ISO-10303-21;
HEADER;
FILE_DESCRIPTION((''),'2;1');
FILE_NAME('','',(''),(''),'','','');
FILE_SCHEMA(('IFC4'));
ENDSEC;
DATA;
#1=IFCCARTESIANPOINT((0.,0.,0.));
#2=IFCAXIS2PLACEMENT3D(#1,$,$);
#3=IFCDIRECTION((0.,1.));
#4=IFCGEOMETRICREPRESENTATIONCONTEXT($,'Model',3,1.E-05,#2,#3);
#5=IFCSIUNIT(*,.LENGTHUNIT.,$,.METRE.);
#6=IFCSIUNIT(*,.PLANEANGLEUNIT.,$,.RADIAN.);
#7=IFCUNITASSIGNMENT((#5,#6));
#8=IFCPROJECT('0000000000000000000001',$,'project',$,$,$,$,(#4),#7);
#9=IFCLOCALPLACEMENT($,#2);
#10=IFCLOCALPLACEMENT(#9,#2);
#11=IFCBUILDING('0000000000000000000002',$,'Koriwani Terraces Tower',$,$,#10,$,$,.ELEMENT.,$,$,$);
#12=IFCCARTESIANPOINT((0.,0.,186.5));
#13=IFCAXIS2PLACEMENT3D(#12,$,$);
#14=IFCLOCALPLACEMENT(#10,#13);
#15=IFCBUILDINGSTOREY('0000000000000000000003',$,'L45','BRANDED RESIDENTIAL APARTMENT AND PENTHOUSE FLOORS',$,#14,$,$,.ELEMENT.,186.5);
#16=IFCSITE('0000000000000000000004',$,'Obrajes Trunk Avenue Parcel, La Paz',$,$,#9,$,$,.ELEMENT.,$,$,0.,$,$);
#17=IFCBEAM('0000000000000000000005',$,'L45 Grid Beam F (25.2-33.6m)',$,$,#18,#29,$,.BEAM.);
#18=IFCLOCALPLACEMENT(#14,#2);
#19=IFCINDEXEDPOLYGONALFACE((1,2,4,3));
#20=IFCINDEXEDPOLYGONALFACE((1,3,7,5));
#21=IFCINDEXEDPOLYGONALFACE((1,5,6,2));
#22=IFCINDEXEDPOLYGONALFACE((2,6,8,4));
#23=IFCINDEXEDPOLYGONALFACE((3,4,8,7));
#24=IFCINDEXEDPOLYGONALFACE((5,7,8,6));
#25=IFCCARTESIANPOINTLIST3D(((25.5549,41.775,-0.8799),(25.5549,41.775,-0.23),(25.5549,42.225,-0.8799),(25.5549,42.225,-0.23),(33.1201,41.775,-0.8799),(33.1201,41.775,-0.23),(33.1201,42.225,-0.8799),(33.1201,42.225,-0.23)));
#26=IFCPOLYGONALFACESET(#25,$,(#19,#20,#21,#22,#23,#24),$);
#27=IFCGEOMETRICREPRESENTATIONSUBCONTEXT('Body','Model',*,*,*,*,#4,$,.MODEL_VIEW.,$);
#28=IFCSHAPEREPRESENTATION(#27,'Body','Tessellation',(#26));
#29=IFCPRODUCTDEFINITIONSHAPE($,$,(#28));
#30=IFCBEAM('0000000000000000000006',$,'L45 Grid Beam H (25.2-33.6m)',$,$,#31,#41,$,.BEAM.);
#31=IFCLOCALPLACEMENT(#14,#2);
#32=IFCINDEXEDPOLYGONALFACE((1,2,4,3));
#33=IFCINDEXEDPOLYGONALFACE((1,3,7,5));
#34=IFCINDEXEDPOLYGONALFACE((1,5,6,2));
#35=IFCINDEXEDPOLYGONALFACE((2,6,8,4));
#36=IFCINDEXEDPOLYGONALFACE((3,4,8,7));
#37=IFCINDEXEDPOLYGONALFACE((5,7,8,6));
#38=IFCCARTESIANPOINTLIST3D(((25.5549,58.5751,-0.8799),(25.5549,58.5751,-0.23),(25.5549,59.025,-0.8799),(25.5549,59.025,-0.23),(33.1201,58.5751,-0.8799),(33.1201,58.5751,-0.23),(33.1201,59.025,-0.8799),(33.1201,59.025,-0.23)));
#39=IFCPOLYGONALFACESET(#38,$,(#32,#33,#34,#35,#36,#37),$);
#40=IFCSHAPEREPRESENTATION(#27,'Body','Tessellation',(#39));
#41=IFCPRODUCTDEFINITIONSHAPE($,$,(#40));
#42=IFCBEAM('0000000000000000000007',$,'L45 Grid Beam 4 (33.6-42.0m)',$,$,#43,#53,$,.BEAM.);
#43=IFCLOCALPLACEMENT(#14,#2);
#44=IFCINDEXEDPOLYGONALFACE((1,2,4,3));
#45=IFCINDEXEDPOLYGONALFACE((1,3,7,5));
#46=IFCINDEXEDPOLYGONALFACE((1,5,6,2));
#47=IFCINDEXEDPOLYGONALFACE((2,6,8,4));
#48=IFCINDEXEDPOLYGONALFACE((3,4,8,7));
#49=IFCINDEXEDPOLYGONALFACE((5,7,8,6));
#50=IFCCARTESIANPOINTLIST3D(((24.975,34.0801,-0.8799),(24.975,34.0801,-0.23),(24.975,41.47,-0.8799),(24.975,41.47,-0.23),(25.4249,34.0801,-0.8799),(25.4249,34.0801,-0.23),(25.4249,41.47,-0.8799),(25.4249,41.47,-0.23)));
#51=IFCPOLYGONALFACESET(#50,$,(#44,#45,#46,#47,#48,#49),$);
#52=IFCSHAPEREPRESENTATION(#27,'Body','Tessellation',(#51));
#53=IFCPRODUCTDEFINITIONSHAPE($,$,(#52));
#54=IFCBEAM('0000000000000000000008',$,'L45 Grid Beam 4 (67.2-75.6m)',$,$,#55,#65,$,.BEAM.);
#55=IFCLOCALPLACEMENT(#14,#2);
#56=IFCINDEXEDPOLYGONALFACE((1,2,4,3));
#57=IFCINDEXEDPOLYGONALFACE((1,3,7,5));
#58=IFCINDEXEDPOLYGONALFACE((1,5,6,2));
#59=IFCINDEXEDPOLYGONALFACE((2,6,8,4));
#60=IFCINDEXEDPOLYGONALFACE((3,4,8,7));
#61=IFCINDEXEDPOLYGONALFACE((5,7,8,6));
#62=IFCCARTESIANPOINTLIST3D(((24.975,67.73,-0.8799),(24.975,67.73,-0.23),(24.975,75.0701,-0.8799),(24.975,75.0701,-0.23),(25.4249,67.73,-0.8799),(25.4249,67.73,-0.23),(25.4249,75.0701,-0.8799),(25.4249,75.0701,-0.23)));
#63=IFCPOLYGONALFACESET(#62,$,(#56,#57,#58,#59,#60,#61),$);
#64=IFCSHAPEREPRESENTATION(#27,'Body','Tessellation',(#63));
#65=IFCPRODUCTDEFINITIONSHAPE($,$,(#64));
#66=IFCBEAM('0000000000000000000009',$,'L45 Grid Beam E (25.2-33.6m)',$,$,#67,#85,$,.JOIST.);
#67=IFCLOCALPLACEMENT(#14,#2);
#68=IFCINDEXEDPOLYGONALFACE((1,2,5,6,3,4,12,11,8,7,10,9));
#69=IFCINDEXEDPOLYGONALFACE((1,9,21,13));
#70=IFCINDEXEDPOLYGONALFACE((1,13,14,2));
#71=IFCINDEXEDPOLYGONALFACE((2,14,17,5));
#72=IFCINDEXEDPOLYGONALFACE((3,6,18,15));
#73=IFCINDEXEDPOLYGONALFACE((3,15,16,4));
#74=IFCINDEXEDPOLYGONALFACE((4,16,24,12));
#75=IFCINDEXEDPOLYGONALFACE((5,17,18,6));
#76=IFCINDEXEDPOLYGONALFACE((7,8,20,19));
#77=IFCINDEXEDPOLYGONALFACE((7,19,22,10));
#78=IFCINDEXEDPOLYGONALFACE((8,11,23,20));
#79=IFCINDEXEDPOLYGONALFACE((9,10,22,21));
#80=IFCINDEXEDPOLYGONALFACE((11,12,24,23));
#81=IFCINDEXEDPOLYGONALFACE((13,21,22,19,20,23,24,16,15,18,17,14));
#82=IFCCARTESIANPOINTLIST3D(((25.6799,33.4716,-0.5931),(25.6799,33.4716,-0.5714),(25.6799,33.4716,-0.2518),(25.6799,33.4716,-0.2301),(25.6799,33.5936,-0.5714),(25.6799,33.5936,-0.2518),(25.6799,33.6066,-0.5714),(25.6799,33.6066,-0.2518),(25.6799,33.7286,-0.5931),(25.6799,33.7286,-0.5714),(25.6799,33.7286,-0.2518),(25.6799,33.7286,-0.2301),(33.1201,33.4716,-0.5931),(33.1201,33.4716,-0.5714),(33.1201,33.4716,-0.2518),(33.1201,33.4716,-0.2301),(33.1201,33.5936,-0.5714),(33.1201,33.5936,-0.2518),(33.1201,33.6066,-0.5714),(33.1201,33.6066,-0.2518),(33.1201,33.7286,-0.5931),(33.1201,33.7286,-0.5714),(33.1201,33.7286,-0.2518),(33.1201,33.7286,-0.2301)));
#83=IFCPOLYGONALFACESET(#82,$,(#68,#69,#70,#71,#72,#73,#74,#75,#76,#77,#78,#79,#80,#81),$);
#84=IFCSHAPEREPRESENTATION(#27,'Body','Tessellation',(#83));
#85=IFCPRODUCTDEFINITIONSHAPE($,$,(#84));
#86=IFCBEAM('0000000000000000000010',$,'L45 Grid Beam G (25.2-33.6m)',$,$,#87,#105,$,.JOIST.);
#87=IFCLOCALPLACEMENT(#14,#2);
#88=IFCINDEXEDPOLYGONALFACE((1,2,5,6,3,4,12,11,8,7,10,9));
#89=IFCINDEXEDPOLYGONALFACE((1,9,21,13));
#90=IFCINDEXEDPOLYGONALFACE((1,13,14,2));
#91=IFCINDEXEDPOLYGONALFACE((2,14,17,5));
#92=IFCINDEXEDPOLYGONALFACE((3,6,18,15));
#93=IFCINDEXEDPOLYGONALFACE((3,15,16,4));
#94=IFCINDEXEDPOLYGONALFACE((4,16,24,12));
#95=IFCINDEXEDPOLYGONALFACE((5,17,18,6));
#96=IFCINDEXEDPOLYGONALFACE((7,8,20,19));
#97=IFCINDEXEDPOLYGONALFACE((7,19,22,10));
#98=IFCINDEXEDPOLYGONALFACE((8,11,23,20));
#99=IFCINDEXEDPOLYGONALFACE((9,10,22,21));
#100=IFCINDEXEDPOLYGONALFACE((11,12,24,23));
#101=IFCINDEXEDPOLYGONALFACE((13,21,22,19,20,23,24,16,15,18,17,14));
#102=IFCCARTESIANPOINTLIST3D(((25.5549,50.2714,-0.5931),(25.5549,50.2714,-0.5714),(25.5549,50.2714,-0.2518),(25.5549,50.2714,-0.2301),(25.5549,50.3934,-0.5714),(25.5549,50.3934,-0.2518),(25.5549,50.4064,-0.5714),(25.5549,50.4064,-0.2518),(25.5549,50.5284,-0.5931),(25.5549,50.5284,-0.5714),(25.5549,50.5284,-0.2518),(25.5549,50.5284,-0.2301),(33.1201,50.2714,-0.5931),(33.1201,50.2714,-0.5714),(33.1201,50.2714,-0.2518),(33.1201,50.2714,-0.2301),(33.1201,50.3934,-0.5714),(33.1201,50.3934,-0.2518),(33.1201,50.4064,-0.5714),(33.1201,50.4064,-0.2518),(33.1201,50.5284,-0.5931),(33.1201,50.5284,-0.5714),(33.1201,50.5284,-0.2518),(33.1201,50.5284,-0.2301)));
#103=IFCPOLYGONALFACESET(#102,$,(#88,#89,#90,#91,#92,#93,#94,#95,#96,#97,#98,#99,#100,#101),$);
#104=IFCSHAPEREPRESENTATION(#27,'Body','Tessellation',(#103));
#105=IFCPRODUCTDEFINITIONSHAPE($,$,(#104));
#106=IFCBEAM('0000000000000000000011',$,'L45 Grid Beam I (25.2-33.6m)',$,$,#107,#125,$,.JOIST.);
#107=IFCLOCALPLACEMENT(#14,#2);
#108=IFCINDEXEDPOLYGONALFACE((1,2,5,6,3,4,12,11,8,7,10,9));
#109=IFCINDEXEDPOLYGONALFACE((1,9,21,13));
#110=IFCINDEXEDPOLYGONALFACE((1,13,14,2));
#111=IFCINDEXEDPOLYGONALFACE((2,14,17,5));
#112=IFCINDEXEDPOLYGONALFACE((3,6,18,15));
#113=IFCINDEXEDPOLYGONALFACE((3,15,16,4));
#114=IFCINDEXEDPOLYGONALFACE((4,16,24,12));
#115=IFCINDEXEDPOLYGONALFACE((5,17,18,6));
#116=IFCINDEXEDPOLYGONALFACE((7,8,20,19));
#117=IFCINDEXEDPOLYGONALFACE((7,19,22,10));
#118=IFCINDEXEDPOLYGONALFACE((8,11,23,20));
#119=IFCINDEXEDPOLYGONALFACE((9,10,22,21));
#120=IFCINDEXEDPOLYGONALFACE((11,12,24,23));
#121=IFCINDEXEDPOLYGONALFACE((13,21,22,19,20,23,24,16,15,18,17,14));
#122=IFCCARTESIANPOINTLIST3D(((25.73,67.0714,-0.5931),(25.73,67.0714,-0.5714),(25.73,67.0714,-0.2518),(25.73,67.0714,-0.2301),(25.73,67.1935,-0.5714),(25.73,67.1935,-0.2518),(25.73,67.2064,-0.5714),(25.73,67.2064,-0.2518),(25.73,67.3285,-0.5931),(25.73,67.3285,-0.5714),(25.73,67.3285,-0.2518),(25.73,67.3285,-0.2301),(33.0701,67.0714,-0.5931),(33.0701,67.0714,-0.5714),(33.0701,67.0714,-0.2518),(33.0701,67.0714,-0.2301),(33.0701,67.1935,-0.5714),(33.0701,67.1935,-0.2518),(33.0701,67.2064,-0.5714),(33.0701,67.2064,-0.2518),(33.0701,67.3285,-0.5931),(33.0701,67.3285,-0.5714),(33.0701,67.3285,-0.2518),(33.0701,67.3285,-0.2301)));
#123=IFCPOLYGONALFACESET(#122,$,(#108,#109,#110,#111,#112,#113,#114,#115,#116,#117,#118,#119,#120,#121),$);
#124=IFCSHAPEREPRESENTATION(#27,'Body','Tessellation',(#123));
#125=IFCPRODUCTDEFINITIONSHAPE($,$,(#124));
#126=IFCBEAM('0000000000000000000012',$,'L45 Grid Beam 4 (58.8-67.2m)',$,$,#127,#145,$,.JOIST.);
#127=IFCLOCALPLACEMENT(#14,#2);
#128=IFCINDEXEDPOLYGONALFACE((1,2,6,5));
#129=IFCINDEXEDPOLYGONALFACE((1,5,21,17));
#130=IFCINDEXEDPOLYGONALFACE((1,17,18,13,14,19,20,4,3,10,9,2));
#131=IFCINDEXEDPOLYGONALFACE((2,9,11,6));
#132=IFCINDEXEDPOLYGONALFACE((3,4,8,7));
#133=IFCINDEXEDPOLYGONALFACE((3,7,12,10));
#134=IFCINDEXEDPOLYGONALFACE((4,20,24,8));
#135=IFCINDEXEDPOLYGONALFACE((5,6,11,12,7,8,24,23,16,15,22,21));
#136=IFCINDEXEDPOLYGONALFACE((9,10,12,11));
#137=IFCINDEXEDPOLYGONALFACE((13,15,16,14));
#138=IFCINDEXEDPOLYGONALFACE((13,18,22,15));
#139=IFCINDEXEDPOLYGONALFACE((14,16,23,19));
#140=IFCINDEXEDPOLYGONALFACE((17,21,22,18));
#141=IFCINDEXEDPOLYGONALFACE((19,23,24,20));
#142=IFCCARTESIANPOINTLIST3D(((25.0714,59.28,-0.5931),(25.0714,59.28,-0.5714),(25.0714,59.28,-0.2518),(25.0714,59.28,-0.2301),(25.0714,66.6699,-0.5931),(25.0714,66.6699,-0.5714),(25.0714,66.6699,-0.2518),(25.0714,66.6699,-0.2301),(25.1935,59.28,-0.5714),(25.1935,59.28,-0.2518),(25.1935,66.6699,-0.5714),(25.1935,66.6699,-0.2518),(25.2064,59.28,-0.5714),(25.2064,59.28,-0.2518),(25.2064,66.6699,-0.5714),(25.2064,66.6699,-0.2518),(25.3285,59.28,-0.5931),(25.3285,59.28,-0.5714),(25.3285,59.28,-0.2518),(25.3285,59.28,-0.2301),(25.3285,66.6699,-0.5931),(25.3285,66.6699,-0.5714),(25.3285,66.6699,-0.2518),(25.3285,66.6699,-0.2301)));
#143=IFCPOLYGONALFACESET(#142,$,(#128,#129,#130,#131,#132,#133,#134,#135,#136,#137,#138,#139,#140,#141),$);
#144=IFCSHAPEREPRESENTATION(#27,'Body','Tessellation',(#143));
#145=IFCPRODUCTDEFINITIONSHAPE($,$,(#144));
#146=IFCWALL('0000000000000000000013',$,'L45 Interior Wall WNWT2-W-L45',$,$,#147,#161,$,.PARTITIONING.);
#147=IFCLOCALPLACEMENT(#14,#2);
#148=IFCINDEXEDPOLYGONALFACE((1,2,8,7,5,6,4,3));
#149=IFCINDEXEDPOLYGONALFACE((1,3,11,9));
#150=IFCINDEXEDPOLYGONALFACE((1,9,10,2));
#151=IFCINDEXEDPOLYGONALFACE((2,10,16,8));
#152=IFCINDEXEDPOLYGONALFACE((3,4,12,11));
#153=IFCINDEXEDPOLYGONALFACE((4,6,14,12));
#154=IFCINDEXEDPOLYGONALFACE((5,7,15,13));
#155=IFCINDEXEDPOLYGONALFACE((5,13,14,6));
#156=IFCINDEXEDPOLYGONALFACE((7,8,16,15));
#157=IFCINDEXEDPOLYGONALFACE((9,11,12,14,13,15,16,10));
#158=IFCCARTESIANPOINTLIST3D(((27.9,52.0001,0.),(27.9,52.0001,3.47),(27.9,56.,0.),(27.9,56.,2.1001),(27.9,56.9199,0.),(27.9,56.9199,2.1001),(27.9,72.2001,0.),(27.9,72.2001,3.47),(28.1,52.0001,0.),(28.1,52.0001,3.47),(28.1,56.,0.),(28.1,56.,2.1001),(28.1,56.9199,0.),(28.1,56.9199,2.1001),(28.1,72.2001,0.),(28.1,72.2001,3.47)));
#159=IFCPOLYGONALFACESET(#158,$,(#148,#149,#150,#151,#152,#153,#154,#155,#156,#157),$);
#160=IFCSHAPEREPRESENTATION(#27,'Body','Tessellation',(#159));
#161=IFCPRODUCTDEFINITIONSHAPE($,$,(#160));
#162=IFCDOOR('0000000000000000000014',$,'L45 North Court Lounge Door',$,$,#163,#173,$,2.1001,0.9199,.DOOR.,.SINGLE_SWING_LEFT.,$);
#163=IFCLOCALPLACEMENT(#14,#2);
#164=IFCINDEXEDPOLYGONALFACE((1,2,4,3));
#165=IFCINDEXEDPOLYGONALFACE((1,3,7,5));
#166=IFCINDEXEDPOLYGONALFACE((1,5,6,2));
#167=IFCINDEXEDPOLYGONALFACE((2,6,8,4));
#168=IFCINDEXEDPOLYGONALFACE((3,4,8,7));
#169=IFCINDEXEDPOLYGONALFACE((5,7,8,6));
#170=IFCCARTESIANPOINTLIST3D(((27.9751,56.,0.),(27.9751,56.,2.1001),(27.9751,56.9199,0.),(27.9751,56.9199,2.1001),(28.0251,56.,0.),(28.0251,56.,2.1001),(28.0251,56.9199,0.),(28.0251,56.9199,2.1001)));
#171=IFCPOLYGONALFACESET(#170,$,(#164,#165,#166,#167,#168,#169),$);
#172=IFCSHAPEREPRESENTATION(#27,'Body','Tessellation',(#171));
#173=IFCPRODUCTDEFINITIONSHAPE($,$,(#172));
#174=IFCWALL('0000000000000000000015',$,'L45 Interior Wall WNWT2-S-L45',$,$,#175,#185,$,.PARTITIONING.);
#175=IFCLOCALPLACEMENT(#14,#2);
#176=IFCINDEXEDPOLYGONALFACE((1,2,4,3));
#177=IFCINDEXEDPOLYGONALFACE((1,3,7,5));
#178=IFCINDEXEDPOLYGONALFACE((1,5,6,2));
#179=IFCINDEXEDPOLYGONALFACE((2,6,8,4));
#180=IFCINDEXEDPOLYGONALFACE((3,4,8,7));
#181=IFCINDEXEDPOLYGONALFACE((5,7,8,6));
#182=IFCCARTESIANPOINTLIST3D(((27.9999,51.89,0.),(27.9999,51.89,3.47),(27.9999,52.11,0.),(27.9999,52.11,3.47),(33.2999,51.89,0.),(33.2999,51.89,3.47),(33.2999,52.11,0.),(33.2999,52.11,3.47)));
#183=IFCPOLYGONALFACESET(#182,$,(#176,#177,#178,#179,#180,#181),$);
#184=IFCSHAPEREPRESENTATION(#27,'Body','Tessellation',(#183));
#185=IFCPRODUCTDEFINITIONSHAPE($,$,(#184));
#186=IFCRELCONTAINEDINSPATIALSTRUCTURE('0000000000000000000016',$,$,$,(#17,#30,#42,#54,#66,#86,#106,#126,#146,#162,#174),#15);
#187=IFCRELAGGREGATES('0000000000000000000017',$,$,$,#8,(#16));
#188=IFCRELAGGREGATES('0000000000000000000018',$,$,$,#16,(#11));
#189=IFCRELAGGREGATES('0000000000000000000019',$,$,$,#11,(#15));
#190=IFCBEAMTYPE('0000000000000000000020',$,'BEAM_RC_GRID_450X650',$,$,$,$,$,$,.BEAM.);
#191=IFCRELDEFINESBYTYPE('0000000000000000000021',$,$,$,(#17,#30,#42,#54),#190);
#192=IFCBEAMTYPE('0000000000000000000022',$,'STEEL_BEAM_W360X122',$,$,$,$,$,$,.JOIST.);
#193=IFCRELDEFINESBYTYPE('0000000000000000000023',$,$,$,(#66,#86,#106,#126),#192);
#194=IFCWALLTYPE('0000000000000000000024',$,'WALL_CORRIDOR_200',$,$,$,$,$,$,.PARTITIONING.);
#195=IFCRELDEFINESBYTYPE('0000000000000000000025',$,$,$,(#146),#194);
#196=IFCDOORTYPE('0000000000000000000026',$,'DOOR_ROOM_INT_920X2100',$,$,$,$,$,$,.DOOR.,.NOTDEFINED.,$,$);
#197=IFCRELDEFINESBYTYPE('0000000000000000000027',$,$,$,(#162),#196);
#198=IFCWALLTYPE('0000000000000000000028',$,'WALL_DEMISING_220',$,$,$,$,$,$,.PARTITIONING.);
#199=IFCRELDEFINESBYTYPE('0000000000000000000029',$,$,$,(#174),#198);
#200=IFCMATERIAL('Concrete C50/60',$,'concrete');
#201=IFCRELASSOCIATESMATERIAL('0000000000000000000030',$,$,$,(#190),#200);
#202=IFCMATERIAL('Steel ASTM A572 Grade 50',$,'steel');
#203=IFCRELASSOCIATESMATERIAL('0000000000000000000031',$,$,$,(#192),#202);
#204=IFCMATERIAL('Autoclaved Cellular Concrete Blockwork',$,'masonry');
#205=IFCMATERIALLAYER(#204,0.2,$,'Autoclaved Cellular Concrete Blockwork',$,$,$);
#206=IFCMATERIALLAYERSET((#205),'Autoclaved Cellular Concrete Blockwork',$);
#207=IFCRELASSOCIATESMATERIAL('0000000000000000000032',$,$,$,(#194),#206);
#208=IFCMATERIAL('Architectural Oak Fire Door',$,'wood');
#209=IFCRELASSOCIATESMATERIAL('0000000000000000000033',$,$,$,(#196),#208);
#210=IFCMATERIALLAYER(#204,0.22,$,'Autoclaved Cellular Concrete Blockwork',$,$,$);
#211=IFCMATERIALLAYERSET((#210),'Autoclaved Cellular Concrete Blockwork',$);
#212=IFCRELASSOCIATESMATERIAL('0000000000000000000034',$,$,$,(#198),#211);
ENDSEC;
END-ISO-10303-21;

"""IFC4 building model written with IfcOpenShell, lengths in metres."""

from ifc_helpers import new_model, si_unit, direction, frame, frame_2d, origin, origin_2d, place, context, subcontext, project, spatial, rectangle, i_section, extrude, material, layer, layer_set, material_profile, profile_set, type_object, element, fill, save


model = new_model("IFC4")

# Units and contexts
model_context = context("Model", 3, precision=1e-05, world=origin(), true_north=direction((0.0, 1.0)))
body_context = subcontext(model_context, "Body", "Model", "MODEL_VIEW")
ifc_project = project(units=[si_unit("LENGTHUNIT", "METRE"), si_unit("PLANEANGLEUNIT", "RADIAN")], contexts=[model_context])

# Site, building, storey
site_placement = place(None, origin())
site = spatial("IfcSite", under=ifc_project, at=site_placement, Name="Obrajes Trunk Avenue Parcel, La Paz", CompositionType="ELEMENT", RefElevation=0.0)
building_placement = place(site_placement, origin())
building = spatial("IfcBuilding", under=site, at=building_placement, Name="Koriwani Terraces Tower", CompositionType="ELEMENT")
storey_placement = place(building_placement, frame((0.0, 0.0, 186.5)))
storey = spatial("IfcBuildingStorey", under=building, at=storey_placement, Name="L45", Description="BRANDED RESIDENTIAL APARTMENT AND PENTHOUSE FLOORS", CompositionType="ELEMENT", Elevation=186.5)

# Beams
ifc_material_1 = material(Name="Concrete C50/60", Category="concrete")
ifc_material_profile_1 = material_profile(ifc_material_1, rectangle(XDim=0.45, YDim=0.6499, at=origin_2d()), Name="Concrete C50/60", Category="LoadBearing")
ifc_profile_set_1 = profile_set([ifc_material_profile_1], Name="Concrete C50/60")
beam_type_1 = type_object("IfcBeamType", Name="BEAM_RC_GRID_450X650", PredefinedType="BEAM", material=ifc_profile_set_1)
for number, where, z_axis, x_axis, name in (
    (1, (25.5549, 42.0, -0.5549), (1.0, 0.0, 0.0), (0.0, 1.0, 0.0), "L45 Grid Beam F (25.2-33.6m)"),
    (2, (25.5549, 58.8, -0.5549), (1.0, 0.0, 0.0), (0.0, 1.0, 0.0), "L45 Grid Beam H (25.2-33.6m)"),
):
    element("IfcBeam", number, at=place(storey_placement, frame(where, z_axis=z_axis, x_axis=x_axis)), inside=storey, type_object=beam_type_1, Name=name, PredefinedType="BEAM", context=body_context, shape_type="SweptSolid", body=[
        extrude(rectangle(XDim=0.45, YDim=0.6499, at=origin_2d()), origin(), (0.0, 0.0, 1.0), 7.5652),
    ])
beam_1_placement = place(storey_placement, frame((25.2, 34.0801, -0.5549), z_axis=(0.0, 1.0, 0.0), x_axis=(-1.0, 0.0, 0.0)))
element("IfcBeam", 3, at=beam_1_placement, inside=storey, type_object=beam_type_1, Name="L45 Grid Beam 4 (33.6-42.0m)", PredefinedType="BEAM", context=body_context, shape_type="SweptSolid", body=[
    extrude(rectangle(XDim=0.45, YDim=0.6499, at=origin_2d()), origin(), (0.0, 0.0, 1.0), 7.3899),
])
beam_2_placement = place(storey_placement, frame((25.2, 67.73, -0.5549), z_axis=(0.0, 1.0, 0.0), x_axis=(-1.0, 0.0, 0.0)))
element("IfcBeam", 4, at=beam_2_placement, inside=storey, type_object=beam_type_1, Name="L45 Grid Beam 4 (67.2-75.6m)", PredefinedType="BEAM", context=body_context, shape_type="SweptSolid", body=[
    extrude(rectangle(XDim=0.45, YDim=0.6499, at=origin_2d()), origin(), (0.0, 0.0, 1.0), 7.3401),
])
ifc_material_2 = material(Name="Steel ASTM A572 Grade 50", Category="steel")
ifc_material_profile_2 = material_profile(ifc_material_2, i_section(OverallWidth=0.2571, OverallDepth=0.363, WebThickness=0.0129, FlangeThickness=0.0217, at=origin_2d()), Name="Steel ASTM A572 Grade 50", Category="LoadBearing")
ifc_profile_set_2 = profile_set([ifc_material_profile_2], Name="Steel ASTM A572 Grade 50")
beam_type_2 = type_object("IfcBeamType", Name="STEEL_BEAM_W360X122", PredefinedType="JOIST", material=ifc_profile_set_2)
beam_3_placement = place(storey_placement, frame((25.6799, 33.6001, -0.4116), z_axis=(1.0, 0.0, 0.0), x_axis=(0.0, 1.0, 0.0)))
element("IfcBeam", 5, at=beam_3_placement, inside=storey, type_object=beam_type_2, Name="L45 Grid Beam E (25.2-33.6m)", PredefinedType="JOIST", context=body_context, shape_type="SweptSolid", body=[
    extrude(i_section(OverallWidth=0.2571, OverallDepth=0.363, WebThickness=0.0129, FlangeThickness=0.0217, at=origin_2d()), origin(), (0.0, 0.0, 1.0), 7.4402),
])
beam_4_placement = place(storey_placement, frame((25.5549, 50.3999, -0.4116), z_axis=(1.0, 0.0, 0.0), x_axis=(0.0, 1.0, 0.0)))
element("IfcBeam", 6, at=beam_4_placement, inside=storey, type_object=beam_type_2, Name="L45 Grid Beam G (25.2-33.6m)", PredefinedType="JOIST", context=body_context, shape_type="SweptSolid", body=[
    extrude(i_section(OverallWidth=0.2571, OverallDepth=0.363, WebThickness=0.0129, FlangeThickness=0.0217, at=origin_2d()), origin(), (0.0, 0.0, 1.0), 7.5652),
])
beam_5_placement = place(storey_placement, frame((25.73, 67.2, -0.4116), z_axis=(1.0, 0.0, 0.0), x_axis=(0.0, 1.0, 0.0)))
element("IfcBeam", 7, at=beam_5_placement, inside=storey, type_object=beam_type_2, Name="L45 Grid Beam I (25.2-33.6m)", PredefinedType="JOIST", context=body_context, shape_type="SweptSolid", body=[
    extrude(i_section(OverallWidth=0.2571, OverallDepth=0.363, WebThickness=0.0129, FlangeThickness=0.0217, at=origin_2d()), origin(), (0.0, 0.0, 1.0), 7.3401),
])
beam_6_placement = place(storey_placement, frame((25.2, 59.28, -0.4116), z_axis=(0.0, 1.0, 0.0), x_axis=(-1.0, 0.0, 0.0)))
element("IfcBeam", 8, at=beam_6_placement, inside=storey, type_object=beam_type_2, Name="L45 Grid Beam 4 (58.8-67.2m)", PredefinedType="JOIST", context=body_context, shape_type="SweptSolid", body=[
    extrude(i_section(OverallWidth=0.2571, OverallDepth=0.363, WebThickness=0.0129, FlangeThickness=0.0217, at=origin_2d()), origin(), (0.0, 0.0, 1.0), 7.3899),
])

# Wall, opening, door
ifc_material_3 = material(Name="Autoclaved Cellular Concrete Blockwork", Category="masonry")
ifc_layer_1 = layer(ifc_material_3, 0.2, Name="Autoclaved Cellular Concrete Blockwork")
ifc_layer_set_1 = layer_set([ifc_layer_1], Name="Autoclaved Cellular Concrete Blockwork")
wall_type_1 = type_object("IfcWallType", Name="WALL_CORRIDOR_200", PredefinedType="PARTITIONING", material=ifc_layer_set_1)
wall_1_placement = place(storey_placement, frame((28.0, 52.0, 0.0), z_axis=(0.0, 0.0, 1.0), x_axis=(0.0, 1.0, 0.0)))
wall_1 = element("IfcWall", 9, at=wall_1_placement, inside=storey, type_object=wall_type_1, Name="L45 Interior Wall WNWT2-W-L45", PredefinedType="PARTITIONING", context=body_context, shape_type="SweptSolid", body=[
    extrude(rectangle(XDim=20.2, YDim=0.2, at=frame_2d((10.1001, 0.0))), origin(), (0.0, 0.0, 1.0), 3.47),
])
opening_1_placement = place(wall_1_placement, frame((4.0, 0.0, 0.0)))
opening_1 = element("IfcOpeningElement", 10, at=opening_1_placement, cuts=wall_1, PredefinedType="OPENING", context=body_context, shape_type="SweptSolid", body=[
    extrude(rectangle(XDim=0.9199, YDim=2.1001, at=frame_2d((0.46, 1.05))), frame((0.0, 0.1099, 0.0), z_axis=(0.0, -1.0, 0.0), x_axis=(1.0, 0.0, 0.0)), (0.0, 0.0, 1.0), 0.22),
])
ifc_material_4 = material(Name="Architectural Oak Fire Door", Category="wood")
door_type_1 = type_object("IfcDoorType", Name="DOOR_ROOM_INT_920X2100", OperationType="NOTDEFINED", PredefinedType="DOOR", material=ifc_material_4)
door_1_placement = place(opening_1_placement, origin())
door_1 = element("IfcDoor", 11, at=door_1_placement, inside=storey, type_object=door_type_1, Name="L45 North Court Lounge Door", OperationType="SINGLE_SWING_LEFT", OverallHeight=2.1001, OverallWidth=0.9199, PredefinedType="DOOR", context=body_context, shape_type="SweptSolid", body=[
    extrude(rectangle(XDim=0.9199, YDim=2.1001, at=frame_2d((0.46, 1.05))), frame((0.0, 0.0249, 0.0), z_axis=(0.0, -1.0, 0.0), x_axis=(1.0, 0.0, 0.0)), (0.0, 0.0, 1.0), 0.05),
])
fill(opening_1, door_1)

# Wall
ifc_layer_2 = layer(ifc_material_3, 0.22, Name="Autoclaved Cellular Concrete Blockwork")
ifc_layer_set_2 = layer_set([ifc_layer_2], Name="Autoclaved Cellular Concrete Blockwork")
wall_type_2 = type_object("IfcWallType", Name="WALL_DEMISING_220", PredefinedType="PARTITIONING", material=ifc_layer_set_2)
wall_2_placement = place(storey_placement, frame((28.0, 52.0, 0.0), z_axis=(0.0, 0.0, 1.0), x_axis=(1.0, 0.0, 0.0)))
element("IfcWall", 12, at=wall_2_placement, inside=storey, type_object=wall_type_2, Name="L45 Interior Wall WNWT2-S-L45", PredefinedType="PARTITIONING", context=body_context, shape_type="SweptSolid", body=[
    extrude(rectangle(XDim=5.3, YDim=0.22, at=frame_2d((2.6499, 0.0))), origin(), (0.0, 0.0, 1.0), 3.47),
])

save(model, "model.ifc")
